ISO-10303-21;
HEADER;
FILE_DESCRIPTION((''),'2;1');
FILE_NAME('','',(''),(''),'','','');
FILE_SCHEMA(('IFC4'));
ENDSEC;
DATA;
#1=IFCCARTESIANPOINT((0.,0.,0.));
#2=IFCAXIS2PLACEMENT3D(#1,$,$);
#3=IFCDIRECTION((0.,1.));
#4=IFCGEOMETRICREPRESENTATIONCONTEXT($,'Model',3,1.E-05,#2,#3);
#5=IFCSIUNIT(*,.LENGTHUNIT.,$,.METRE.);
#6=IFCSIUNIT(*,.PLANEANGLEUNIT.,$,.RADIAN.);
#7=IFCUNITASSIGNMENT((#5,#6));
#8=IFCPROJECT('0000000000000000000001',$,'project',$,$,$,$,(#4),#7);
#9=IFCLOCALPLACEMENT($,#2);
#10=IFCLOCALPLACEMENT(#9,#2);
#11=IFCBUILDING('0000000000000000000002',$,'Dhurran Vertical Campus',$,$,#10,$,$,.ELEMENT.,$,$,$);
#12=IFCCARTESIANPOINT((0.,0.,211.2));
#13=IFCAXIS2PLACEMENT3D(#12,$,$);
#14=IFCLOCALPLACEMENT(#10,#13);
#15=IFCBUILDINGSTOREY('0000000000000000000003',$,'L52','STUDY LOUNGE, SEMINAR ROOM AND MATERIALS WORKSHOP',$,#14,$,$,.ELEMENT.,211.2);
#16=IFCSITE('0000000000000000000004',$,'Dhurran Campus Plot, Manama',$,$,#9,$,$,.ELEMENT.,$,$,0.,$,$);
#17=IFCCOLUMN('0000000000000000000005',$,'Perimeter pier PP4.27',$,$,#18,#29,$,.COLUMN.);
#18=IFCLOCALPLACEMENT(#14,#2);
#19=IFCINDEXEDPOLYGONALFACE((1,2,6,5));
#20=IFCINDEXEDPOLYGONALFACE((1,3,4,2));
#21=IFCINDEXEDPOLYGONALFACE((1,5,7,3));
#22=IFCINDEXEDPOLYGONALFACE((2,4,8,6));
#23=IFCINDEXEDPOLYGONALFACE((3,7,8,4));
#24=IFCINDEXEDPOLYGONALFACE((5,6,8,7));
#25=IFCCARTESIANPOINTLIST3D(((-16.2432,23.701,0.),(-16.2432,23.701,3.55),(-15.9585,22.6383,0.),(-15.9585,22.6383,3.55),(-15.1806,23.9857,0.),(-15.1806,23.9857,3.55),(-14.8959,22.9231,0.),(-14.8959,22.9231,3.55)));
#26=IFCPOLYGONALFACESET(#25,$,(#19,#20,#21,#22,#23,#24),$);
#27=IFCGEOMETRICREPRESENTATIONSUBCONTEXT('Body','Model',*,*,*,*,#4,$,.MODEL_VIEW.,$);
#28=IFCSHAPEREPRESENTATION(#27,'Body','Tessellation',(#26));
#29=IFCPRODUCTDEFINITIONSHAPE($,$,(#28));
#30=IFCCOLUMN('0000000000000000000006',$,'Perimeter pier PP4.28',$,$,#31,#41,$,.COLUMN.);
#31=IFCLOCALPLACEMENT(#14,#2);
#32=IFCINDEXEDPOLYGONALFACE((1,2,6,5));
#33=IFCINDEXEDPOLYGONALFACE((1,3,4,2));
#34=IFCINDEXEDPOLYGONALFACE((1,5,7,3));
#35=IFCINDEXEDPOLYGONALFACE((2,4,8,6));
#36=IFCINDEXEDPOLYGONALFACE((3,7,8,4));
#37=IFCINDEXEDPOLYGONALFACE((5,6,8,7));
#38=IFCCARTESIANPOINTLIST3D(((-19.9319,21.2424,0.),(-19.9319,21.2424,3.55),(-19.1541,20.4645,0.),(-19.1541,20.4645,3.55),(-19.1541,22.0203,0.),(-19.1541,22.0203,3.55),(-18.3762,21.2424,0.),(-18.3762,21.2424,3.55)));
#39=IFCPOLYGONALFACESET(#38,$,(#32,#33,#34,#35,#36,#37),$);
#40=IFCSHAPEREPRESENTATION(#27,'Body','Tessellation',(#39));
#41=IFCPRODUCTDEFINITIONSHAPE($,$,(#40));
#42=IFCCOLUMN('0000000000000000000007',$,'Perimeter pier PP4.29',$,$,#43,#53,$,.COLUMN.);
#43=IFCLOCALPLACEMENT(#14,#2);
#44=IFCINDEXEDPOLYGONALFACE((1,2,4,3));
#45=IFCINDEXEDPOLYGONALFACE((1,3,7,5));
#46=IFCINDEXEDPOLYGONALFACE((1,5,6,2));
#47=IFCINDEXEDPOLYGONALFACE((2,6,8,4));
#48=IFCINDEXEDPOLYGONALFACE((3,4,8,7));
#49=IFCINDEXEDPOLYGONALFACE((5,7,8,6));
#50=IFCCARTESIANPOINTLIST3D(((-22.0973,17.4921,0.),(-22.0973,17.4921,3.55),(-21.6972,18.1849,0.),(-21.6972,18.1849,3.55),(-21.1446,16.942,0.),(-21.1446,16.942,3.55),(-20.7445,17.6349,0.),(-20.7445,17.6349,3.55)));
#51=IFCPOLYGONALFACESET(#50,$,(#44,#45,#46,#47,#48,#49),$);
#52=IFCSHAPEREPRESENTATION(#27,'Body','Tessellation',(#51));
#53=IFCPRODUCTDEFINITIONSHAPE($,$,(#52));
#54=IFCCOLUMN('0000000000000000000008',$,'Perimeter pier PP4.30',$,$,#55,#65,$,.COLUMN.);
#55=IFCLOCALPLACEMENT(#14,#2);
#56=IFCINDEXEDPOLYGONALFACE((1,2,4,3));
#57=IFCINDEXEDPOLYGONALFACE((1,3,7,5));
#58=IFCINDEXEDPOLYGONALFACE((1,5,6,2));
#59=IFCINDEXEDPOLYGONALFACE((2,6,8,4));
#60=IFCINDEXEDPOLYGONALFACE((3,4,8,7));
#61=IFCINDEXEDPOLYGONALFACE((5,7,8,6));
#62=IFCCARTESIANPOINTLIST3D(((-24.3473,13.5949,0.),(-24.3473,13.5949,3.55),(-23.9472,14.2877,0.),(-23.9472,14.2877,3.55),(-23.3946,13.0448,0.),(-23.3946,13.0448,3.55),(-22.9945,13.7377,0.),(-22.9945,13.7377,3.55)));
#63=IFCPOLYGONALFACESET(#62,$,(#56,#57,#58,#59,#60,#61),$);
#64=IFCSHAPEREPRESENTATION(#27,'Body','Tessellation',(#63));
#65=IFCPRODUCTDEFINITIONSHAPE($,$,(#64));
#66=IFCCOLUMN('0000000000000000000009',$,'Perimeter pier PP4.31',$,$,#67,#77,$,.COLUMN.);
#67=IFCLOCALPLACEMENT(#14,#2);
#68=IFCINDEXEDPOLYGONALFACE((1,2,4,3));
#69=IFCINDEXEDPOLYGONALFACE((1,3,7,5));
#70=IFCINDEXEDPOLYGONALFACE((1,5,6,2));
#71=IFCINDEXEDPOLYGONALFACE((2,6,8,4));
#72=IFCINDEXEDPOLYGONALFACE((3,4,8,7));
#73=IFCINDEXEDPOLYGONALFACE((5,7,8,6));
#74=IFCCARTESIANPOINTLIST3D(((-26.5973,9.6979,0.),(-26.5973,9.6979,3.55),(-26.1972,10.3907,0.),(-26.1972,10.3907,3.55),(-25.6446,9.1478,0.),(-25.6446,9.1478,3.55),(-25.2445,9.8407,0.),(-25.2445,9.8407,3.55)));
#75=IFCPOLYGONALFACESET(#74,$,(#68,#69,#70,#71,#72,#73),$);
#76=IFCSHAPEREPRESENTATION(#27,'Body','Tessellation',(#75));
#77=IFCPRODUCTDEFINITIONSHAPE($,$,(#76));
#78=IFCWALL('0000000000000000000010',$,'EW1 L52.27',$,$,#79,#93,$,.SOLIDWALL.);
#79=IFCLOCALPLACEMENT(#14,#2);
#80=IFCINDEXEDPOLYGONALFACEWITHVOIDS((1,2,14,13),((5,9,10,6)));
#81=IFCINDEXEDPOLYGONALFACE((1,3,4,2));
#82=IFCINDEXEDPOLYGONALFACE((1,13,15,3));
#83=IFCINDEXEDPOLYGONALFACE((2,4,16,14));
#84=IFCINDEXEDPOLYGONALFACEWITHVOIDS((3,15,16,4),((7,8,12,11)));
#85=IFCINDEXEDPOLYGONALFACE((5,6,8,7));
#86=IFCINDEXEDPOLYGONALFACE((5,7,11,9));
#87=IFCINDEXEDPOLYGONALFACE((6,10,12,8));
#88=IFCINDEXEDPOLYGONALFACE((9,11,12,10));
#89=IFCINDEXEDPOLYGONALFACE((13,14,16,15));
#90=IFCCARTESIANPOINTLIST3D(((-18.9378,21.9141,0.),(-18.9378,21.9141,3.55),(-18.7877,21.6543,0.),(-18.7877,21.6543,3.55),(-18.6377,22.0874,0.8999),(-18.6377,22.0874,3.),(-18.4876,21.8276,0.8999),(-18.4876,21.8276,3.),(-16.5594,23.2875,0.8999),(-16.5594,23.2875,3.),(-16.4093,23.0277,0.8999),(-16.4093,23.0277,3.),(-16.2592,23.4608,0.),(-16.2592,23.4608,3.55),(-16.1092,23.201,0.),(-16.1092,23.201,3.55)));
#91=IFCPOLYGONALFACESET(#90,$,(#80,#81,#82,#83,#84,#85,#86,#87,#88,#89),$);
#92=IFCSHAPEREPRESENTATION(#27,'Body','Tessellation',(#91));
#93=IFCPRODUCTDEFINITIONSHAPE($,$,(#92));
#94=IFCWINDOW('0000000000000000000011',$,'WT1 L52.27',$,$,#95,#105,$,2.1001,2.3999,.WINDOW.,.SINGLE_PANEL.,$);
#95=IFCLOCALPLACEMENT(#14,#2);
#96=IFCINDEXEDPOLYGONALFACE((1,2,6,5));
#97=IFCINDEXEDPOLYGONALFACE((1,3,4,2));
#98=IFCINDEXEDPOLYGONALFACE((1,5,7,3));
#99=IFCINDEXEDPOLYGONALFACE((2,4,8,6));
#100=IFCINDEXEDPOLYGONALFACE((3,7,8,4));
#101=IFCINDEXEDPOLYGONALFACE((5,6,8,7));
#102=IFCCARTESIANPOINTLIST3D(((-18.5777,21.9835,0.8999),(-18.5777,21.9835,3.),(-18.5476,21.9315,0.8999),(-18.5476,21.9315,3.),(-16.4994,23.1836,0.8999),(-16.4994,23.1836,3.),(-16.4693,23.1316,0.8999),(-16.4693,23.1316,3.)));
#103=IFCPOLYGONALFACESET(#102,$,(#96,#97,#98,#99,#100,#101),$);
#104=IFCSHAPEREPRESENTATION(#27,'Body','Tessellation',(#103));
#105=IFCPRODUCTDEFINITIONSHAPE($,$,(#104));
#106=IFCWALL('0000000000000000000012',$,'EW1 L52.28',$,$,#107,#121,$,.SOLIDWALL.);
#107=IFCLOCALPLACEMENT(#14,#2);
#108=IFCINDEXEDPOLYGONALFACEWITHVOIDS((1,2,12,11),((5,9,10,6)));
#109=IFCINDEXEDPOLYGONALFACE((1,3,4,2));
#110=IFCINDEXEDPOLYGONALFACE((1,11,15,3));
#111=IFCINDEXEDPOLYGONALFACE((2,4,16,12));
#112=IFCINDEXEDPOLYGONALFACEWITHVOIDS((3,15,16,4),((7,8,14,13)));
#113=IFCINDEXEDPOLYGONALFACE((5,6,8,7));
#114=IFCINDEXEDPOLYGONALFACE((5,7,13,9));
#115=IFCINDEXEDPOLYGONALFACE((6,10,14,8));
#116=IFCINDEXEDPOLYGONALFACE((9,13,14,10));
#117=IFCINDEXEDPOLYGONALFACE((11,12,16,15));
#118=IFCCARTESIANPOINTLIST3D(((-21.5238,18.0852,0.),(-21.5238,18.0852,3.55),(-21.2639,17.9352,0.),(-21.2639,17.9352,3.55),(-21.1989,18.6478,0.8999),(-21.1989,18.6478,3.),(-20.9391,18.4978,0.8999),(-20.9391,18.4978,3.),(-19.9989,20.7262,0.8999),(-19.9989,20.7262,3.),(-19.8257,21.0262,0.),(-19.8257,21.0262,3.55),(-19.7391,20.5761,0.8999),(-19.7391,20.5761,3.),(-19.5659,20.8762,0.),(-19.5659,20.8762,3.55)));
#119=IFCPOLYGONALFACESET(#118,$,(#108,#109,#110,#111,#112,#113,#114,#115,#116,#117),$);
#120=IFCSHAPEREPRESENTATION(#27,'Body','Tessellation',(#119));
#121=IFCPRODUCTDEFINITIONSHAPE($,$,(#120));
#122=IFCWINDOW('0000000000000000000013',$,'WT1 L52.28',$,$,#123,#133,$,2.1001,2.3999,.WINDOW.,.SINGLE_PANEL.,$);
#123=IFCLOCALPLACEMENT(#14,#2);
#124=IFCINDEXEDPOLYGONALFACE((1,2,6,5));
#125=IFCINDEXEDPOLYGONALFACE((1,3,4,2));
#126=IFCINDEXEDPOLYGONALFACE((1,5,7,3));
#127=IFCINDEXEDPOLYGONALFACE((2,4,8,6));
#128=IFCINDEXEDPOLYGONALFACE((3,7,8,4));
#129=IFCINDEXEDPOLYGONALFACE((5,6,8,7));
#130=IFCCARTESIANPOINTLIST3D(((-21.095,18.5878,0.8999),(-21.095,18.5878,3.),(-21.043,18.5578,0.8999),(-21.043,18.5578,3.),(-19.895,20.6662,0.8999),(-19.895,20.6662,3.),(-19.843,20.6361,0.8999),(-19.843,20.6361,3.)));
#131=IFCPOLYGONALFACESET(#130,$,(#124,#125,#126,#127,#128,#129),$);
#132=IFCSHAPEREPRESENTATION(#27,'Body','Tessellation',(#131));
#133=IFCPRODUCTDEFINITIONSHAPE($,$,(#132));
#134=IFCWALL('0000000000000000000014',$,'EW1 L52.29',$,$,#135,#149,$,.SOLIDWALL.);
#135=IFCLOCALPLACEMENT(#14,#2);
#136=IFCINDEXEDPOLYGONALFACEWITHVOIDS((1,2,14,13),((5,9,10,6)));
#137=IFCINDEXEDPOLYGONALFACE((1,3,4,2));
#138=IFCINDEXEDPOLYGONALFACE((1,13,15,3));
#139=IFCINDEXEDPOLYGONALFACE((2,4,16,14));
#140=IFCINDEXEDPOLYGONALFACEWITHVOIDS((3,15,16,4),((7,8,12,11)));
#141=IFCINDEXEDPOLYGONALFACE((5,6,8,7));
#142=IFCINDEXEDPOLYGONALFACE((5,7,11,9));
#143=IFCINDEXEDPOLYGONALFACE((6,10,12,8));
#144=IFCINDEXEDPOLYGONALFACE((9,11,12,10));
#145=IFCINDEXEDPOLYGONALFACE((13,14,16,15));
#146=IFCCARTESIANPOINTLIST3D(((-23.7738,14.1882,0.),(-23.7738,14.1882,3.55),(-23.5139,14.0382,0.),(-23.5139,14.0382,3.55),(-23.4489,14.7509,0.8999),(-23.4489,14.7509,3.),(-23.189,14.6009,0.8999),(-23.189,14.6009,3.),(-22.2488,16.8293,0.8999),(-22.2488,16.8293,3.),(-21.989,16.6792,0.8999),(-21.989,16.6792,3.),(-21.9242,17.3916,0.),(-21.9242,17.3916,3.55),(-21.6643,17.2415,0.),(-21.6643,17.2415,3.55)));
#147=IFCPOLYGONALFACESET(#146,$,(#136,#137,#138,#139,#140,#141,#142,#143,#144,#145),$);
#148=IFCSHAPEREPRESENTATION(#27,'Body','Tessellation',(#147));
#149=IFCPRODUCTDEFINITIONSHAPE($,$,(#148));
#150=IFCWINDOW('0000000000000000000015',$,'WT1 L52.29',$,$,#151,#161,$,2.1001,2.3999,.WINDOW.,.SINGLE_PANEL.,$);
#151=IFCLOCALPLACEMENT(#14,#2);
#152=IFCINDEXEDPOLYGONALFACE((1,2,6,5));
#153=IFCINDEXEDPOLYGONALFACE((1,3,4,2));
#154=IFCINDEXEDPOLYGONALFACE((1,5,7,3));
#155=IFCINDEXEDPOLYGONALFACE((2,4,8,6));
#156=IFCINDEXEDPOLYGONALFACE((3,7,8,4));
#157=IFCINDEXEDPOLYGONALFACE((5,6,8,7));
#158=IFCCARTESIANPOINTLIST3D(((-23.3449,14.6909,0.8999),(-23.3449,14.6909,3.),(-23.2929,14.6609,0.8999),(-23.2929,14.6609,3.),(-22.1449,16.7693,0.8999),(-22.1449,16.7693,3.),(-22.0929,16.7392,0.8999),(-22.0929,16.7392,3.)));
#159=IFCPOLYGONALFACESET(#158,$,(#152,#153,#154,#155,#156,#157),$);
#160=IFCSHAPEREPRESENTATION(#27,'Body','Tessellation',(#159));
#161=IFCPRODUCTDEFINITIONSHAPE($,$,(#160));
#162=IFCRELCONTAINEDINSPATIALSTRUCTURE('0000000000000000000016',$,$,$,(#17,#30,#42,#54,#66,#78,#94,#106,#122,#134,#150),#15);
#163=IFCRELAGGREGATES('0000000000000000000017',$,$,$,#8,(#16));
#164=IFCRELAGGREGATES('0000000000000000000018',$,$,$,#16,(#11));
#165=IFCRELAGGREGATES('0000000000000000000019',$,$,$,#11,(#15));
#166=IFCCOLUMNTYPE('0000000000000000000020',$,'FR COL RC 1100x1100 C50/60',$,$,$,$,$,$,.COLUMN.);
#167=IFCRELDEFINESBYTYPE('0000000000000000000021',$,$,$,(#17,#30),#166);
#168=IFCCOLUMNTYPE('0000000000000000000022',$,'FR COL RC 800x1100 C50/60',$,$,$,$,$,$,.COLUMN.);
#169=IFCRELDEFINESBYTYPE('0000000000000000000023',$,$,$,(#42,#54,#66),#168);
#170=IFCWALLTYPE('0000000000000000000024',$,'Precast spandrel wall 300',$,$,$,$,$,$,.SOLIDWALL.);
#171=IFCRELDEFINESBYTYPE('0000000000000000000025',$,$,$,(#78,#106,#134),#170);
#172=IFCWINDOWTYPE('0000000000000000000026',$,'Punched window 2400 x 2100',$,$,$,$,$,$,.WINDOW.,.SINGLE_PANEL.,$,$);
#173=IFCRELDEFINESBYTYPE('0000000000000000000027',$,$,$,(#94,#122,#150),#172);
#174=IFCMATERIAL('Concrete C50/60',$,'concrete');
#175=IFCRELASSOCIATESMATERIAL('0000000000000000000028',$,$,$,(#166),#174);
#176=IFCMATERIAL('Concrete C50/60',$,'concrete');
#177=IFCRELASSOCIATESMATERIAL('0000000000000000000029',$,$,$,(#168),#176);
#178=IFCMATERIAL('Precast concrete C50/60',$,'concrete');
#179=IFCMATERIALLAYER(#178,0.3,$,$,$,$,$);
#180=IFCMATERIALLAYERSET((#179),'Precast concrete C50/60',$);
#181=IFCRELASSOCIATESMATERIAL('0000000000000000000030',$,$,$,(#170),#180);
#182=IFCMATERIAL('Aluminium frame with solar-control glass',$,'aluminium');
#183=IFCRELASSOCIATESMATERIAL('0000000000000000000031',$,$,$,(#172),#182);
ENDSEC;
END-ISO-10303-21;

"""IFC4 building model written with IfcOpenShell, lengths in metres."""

from ifc_helpers import new_model, si_unit, direction, frame, frame_2d, origin, origin_2d, place, context, subcontext, project, spatial, rectangle, extrude, material, layer, layer_set, material_profile, profile_set, type_object, element, fill, save


model = new_model("IFC4")

# Units and contexts
model_context = context("Model", 3, precision=1e-05, world=origin(), true_north=direction((0.0, 1.0)))
body_context = subcontext(model_context, "Body", "Model", "MODEL_VIEW")
ifc_project = project(units=[si_unit("LENGTHUNIT", "METRE"), si_unit("PLANEANGLEUNIT", "RADIAN")], contexts=[model_context])

# Site, building, storey
site_placement = place(None, origin())
site = spatial("IfcSite", under=ifc_project, at=site_placement, Name="Dhurran Campus Plot, Manama", CompositionType="ELEMENT", RefElevation=0.0)
building_placement = place(site_placement, origin())
building = spatial("IfcBuilding", under=site, at=building_placement, Name="Dhurran Vertical Campus", CompositionType="ELEMENT")
storey_placement = place(building_placement, frame((0.0, 0.0, 211.2)))
storey = spatial("IfcBuildingStorey", under=building, at=storey_placement, Name="L52", Description="STUDY LOUNGE, SEMINAR ROOM AND MATERIALS WORKSHOP", CompositionType="ELEMENT", Elevation=211.2)

# Columns
ifc_material_1 = material(Name="Concrete C50/60", Category="concrete")
ifc_material_profile_1 = material_profile(ifc_material_1, rectangle(XDim=1.1001, YDim=1.1001, at=origin_2d()), Name="RC 1100x1100")
ifc_profile_set_1 = profile_set([ifc_material_profile_1], Name="Concrete C50/60")
column_type_1 = type_object("IfcColumnType", Name="FR COL RC 1100x1100 C50/60", PredefinedType="COLUMN", material=ifc_profile_set_1)
for number, where, z_axis, x_axis, name in (
    (1, (-15.5696, 23.312, 0.0), (0.0, 0.0, 1.0), (-0.965926, -0.258819, 0.0), "Perimeter pier PP4.27"),
    (2, (-19.1541, 21.2424, 0.0), (0.0, 0.0, 1.0), (-0.707107, -0.707107, 0.0), "Perimeter pier PP4.28"),
):
    element("IfcColumn", number, at=place(storey_placement, frame(where, z_axis=z_axis, x_axis=x_axis)), inside=storey, type_object=column_type_1, Name=name, PredefinedType="COLUMN", context=body_context, shape_type="SweptSolid", body=[
        extrude(rectangle(XDim=1.1001, YDim=1.1001, at=origin_2d()), origin(), (0.0, 0.0, 1.0), 3.55),
    ])
ifc_material_2 = material(Name="Concrete C50/60", Category="concrete")
ifc_material_profile_2 = material_profile(ifc_material_2, rectangle(XDim=0.8, YDim=1.1001, at=origin_2d()), Name="RC 800x1100")
ifc_profile_set_2 = profile_set([ifc_material_profile_2], Name="Concrete C50/60")
column_type_2 = type_object("IfcColumnType", Name="FR COL RC 800x1100 C50/60", PredefinedType="COLUMN", material=ifc_profile_set_2)
for number, where, z_axis, x_axis, name in (
    (3, (-21.4209, 17.5635, 0.0), (0.0, 0.0, 1.0), (-0.5, -0.866025, 0.0), "Perimeter pier PP4.29"),
    (4, (-23.6709, 13.6663, 0.0), (0.0, 0.0, 1.0), (-0.5, -0.866025, 0.0), "Perimeter pier PP4.30"),
    (5, (-25.9209, 9.7693, 0.0), (0.0, 0.0, 1.0), (-0.5, -0.866025, 0.0), "Perimeter pier PP4.31"),
):
    element("IfcColumn", number, at=place(storey_placement, frame(where, z_axis=z_axis, x_axis=x_axis)), inside=storey, type_object=column_type_2, Name=name, PredefinedType="COLUMN", context=body_context, shape_type="SweptSolid", body=[
        extrude(rectangle(XDim=0.8, YDim=1.1001, at=origin_2d()), origin(), (0.0, 0.0, 1.0), 3.55),
    ])

# Walls, openings, windows
ifc_material_3 = material(Name="Precast concrete C50/60", Category="concrete")
ifc_layer_1 = layer(ifc_material_3, 0.3)
ifc_layer_set_1 = layer_set([ifc_layer_1], Name="Precast concrete C50/60")
wall_type_1 = type_object("IfcWallType", Name="Precast spandrel wall 300", PredefinedType="SOLIDWALL", material=ifc_layer_set_1)
wall_1_placement = place(storey_placement, frame((-16.1843, 23.3308, 0.0), z_axis=(0.0, 0.0, 1.0), x_axis=(-0.865995, -0.500053, 0.0)))
wall_1 = element("IfcWall", 6, at=wall_1_placement, inside=storey, type_object=wall_type_1, Name="EW1 L52.27", PredefinedType="SOLIDWALL", context=body_context, shape_type="SweptSolid", body=[
    extrude(rectangle(XDim=3.093, YDim=0.3, at=frame_2d((1.5464, 0.0))), origin(), (0.0, 0.0, 1.0), 3.55),
])
opening_1_placement = place(wall_1_placement, frame((0.3464, 0.0, 0.8999)))
opening_1 = element("IfcOpeningElement", 7, at=opening_1_placement, cuts=wall_1, PredefinedType="OPENING", context=body_context, shape_type="SweptSolid", body=[
    extrude(rectangle(XDim=2.3999, YDim=2.1001, at=frame_2d((1.2, 1.05))), frame((0.0, 0.1599, 0.0), z_axis=(0.0, -1.0, 0.0), x_axis=(1.0, 0.0, 0.0)), (0.0, 0.0, 1.0), 0.3201),
])
ifc_material_4 = material(Name="Aluminium frame with solar-control glass", Category="aluminium")
window_type = type_object("IfcWindowType", Name="Punched window 2400 x 2100", PartitioningType="SINGLE_PANEL", PredefinedType="WINDOW", material=ifc_material_4)
window_1_placement = place(opening_1_placement, origin())
window_1 = element("IfcWindow", 8, at=window_1_placement, inside=storey, type_object=window_type, Name="WT1 L52.27", OverallHeight=2.1001, OverallWidth=2.3999, PartitioningType="SINGLE_PANEL", PredefinedType="WINDOW", context=body_context, shape_type="SweptSolid", body=[
    extrude(rectangle(XDim=2.3999, YDim=2.1001, at=frame_2d((1.2, 1.05))), frame((0.0, 0.03, 0.0), z_axis=(0.0, -1.0, 0.0), x_axis=(1.0, 0.0, 0.0)), (0.0, 0.0, 1.0), 0.0601),
])
fill(opening_1, window_1)
wall_2_placement = place(storey_placement, frame((-19.6958, 20.9512, 0.0), z_axis=(0.0, 0.0, 1.0), x_axis=(-0.500013, -0.866018, 0.0)))
wall_2 = element("IfcWall", 9, at=wall_2_placement, inside=storey, type_object=wall_type_1, Name="EW1 L52.28", PredefinedType="SOLIDWALL", context=body_context, shape_type="SweptSolid", body=[
    extrude(rectangle(XDim=3.396, YDim=0.3, at=frame_2d((1.698, 0.0))), origin(), (0.0, 0.0, 1.0), 3.55),
])
opening_2_placement = place(wall_2_placement, frame((0.3464, 0.0, 0.8999)))
opening_2 = element("IfcOpeningElement", 10, at=opening_2_placement, cuts=wall_2, PredefinedType="OPENING", context=body_context, shape_type="SweptSolid", body=[
    extrude(rectangle(XDim=2.3999, YDim=2.1001, at=frame_2d((1.2, 1.05))), frame((0.0, 0.1599, 0.0), z_axis=(0.0, -1.0, 0.0), x_axis=(1.0, 0.0, 0.0)), (0.0, 0.0, 1.0), 0.3201),
])
window_2_placement = place(opening_2_placement, origin())
window_2 = element("IfcWindow", 11, at=window_2_placement, inside=storey, type_object=window_type, Name="WT1 L52.28", OverallHeight=2.1001, OverallWidth=2.3999, PartitioningType="SINGLE_PANEL", PredefinedType="WINDOW", context=body_context, shape_type="SweptSolid", body=[
    extrude(rectangle(XDim=2.3999, YDim=2.1001, at=frame_2d((1.2, 1.05))), frame((0.0, 0.03, 0.0), z_axis=(0.0, -1.0, 0.0), x_axis=(1.0, 0.0, 0.0)), (0.0, 0.0, 1.0), 0.0601),
])
fill(opening_2, window_2)
wall_3_placement = place(storey_placement, frame((-21.7942, 17.3167, 0.0), z_axis=(0.0, 0.0, 1.0), x_axis=(-0.500029, -0.866009, 0.0)))
wall_3 = element("IfcWall", 12, at=wall_3_placement, inside=storey, type_object=wall_type_1, Name="EW1 L52.29", PredefinedType="SOLIDWALL", context=body_context, shape_type="SweptSolid", body=[
    extrude(rectangle(XDim=3.699, YDim=0.3, at=frame_2d((1.8496, 0.0))), origin(), (0.0, 0.0, 1.0), 3.55),
])
opening_3_placement = place(wall_3_placement, frame((0.6494, 0.0, 0.8999)))
opening_3 = element("IfcOpeningElement", 13, at=opening_3_placement, cuts=wall_3, PredefinedType="OPENING", context=body_context, shape_type="SweptSolid", body=[
    extrude(rectangle(XDim=2.3999, YDim=2.1001, at=frame_2d((1.2, 1.05))), frame((0.0, 0.1599, 0.0), z_axis=(0.0, -1.0, 0.0), x_axis=(1.0, 0.0, 0.0)), (0.0, 0.0, 1.0), 0.3201),
])
window_3_placement = place(opening_3_placement, origin())
window_3 = element("IfcWindow", 14, at=window_3_placement, inside=storey, type_object=window_type, Name="WT1 L52.29", OverallHeight=2.1001, OverallWidth=2.3999, PartitioningType="SINGLE_PANEL", PredefinedType="WINDOW", context=body_context, shape_type="SweptSolid", body=[
    extrude(rectangle(XDim=2.3999, YDim=2.1001, at=frame_2d((1.2, 1.05))), frame((0.0, 0.03, 0.0), z_axis=(0.0, -1.0, 0.0), x_axis=(1.0, 0.0, 0.0)), (0.0, 0.0, 1.0), 0.0601),
])
fill(opening_3, window_3)

save(model, "model.ifc")
